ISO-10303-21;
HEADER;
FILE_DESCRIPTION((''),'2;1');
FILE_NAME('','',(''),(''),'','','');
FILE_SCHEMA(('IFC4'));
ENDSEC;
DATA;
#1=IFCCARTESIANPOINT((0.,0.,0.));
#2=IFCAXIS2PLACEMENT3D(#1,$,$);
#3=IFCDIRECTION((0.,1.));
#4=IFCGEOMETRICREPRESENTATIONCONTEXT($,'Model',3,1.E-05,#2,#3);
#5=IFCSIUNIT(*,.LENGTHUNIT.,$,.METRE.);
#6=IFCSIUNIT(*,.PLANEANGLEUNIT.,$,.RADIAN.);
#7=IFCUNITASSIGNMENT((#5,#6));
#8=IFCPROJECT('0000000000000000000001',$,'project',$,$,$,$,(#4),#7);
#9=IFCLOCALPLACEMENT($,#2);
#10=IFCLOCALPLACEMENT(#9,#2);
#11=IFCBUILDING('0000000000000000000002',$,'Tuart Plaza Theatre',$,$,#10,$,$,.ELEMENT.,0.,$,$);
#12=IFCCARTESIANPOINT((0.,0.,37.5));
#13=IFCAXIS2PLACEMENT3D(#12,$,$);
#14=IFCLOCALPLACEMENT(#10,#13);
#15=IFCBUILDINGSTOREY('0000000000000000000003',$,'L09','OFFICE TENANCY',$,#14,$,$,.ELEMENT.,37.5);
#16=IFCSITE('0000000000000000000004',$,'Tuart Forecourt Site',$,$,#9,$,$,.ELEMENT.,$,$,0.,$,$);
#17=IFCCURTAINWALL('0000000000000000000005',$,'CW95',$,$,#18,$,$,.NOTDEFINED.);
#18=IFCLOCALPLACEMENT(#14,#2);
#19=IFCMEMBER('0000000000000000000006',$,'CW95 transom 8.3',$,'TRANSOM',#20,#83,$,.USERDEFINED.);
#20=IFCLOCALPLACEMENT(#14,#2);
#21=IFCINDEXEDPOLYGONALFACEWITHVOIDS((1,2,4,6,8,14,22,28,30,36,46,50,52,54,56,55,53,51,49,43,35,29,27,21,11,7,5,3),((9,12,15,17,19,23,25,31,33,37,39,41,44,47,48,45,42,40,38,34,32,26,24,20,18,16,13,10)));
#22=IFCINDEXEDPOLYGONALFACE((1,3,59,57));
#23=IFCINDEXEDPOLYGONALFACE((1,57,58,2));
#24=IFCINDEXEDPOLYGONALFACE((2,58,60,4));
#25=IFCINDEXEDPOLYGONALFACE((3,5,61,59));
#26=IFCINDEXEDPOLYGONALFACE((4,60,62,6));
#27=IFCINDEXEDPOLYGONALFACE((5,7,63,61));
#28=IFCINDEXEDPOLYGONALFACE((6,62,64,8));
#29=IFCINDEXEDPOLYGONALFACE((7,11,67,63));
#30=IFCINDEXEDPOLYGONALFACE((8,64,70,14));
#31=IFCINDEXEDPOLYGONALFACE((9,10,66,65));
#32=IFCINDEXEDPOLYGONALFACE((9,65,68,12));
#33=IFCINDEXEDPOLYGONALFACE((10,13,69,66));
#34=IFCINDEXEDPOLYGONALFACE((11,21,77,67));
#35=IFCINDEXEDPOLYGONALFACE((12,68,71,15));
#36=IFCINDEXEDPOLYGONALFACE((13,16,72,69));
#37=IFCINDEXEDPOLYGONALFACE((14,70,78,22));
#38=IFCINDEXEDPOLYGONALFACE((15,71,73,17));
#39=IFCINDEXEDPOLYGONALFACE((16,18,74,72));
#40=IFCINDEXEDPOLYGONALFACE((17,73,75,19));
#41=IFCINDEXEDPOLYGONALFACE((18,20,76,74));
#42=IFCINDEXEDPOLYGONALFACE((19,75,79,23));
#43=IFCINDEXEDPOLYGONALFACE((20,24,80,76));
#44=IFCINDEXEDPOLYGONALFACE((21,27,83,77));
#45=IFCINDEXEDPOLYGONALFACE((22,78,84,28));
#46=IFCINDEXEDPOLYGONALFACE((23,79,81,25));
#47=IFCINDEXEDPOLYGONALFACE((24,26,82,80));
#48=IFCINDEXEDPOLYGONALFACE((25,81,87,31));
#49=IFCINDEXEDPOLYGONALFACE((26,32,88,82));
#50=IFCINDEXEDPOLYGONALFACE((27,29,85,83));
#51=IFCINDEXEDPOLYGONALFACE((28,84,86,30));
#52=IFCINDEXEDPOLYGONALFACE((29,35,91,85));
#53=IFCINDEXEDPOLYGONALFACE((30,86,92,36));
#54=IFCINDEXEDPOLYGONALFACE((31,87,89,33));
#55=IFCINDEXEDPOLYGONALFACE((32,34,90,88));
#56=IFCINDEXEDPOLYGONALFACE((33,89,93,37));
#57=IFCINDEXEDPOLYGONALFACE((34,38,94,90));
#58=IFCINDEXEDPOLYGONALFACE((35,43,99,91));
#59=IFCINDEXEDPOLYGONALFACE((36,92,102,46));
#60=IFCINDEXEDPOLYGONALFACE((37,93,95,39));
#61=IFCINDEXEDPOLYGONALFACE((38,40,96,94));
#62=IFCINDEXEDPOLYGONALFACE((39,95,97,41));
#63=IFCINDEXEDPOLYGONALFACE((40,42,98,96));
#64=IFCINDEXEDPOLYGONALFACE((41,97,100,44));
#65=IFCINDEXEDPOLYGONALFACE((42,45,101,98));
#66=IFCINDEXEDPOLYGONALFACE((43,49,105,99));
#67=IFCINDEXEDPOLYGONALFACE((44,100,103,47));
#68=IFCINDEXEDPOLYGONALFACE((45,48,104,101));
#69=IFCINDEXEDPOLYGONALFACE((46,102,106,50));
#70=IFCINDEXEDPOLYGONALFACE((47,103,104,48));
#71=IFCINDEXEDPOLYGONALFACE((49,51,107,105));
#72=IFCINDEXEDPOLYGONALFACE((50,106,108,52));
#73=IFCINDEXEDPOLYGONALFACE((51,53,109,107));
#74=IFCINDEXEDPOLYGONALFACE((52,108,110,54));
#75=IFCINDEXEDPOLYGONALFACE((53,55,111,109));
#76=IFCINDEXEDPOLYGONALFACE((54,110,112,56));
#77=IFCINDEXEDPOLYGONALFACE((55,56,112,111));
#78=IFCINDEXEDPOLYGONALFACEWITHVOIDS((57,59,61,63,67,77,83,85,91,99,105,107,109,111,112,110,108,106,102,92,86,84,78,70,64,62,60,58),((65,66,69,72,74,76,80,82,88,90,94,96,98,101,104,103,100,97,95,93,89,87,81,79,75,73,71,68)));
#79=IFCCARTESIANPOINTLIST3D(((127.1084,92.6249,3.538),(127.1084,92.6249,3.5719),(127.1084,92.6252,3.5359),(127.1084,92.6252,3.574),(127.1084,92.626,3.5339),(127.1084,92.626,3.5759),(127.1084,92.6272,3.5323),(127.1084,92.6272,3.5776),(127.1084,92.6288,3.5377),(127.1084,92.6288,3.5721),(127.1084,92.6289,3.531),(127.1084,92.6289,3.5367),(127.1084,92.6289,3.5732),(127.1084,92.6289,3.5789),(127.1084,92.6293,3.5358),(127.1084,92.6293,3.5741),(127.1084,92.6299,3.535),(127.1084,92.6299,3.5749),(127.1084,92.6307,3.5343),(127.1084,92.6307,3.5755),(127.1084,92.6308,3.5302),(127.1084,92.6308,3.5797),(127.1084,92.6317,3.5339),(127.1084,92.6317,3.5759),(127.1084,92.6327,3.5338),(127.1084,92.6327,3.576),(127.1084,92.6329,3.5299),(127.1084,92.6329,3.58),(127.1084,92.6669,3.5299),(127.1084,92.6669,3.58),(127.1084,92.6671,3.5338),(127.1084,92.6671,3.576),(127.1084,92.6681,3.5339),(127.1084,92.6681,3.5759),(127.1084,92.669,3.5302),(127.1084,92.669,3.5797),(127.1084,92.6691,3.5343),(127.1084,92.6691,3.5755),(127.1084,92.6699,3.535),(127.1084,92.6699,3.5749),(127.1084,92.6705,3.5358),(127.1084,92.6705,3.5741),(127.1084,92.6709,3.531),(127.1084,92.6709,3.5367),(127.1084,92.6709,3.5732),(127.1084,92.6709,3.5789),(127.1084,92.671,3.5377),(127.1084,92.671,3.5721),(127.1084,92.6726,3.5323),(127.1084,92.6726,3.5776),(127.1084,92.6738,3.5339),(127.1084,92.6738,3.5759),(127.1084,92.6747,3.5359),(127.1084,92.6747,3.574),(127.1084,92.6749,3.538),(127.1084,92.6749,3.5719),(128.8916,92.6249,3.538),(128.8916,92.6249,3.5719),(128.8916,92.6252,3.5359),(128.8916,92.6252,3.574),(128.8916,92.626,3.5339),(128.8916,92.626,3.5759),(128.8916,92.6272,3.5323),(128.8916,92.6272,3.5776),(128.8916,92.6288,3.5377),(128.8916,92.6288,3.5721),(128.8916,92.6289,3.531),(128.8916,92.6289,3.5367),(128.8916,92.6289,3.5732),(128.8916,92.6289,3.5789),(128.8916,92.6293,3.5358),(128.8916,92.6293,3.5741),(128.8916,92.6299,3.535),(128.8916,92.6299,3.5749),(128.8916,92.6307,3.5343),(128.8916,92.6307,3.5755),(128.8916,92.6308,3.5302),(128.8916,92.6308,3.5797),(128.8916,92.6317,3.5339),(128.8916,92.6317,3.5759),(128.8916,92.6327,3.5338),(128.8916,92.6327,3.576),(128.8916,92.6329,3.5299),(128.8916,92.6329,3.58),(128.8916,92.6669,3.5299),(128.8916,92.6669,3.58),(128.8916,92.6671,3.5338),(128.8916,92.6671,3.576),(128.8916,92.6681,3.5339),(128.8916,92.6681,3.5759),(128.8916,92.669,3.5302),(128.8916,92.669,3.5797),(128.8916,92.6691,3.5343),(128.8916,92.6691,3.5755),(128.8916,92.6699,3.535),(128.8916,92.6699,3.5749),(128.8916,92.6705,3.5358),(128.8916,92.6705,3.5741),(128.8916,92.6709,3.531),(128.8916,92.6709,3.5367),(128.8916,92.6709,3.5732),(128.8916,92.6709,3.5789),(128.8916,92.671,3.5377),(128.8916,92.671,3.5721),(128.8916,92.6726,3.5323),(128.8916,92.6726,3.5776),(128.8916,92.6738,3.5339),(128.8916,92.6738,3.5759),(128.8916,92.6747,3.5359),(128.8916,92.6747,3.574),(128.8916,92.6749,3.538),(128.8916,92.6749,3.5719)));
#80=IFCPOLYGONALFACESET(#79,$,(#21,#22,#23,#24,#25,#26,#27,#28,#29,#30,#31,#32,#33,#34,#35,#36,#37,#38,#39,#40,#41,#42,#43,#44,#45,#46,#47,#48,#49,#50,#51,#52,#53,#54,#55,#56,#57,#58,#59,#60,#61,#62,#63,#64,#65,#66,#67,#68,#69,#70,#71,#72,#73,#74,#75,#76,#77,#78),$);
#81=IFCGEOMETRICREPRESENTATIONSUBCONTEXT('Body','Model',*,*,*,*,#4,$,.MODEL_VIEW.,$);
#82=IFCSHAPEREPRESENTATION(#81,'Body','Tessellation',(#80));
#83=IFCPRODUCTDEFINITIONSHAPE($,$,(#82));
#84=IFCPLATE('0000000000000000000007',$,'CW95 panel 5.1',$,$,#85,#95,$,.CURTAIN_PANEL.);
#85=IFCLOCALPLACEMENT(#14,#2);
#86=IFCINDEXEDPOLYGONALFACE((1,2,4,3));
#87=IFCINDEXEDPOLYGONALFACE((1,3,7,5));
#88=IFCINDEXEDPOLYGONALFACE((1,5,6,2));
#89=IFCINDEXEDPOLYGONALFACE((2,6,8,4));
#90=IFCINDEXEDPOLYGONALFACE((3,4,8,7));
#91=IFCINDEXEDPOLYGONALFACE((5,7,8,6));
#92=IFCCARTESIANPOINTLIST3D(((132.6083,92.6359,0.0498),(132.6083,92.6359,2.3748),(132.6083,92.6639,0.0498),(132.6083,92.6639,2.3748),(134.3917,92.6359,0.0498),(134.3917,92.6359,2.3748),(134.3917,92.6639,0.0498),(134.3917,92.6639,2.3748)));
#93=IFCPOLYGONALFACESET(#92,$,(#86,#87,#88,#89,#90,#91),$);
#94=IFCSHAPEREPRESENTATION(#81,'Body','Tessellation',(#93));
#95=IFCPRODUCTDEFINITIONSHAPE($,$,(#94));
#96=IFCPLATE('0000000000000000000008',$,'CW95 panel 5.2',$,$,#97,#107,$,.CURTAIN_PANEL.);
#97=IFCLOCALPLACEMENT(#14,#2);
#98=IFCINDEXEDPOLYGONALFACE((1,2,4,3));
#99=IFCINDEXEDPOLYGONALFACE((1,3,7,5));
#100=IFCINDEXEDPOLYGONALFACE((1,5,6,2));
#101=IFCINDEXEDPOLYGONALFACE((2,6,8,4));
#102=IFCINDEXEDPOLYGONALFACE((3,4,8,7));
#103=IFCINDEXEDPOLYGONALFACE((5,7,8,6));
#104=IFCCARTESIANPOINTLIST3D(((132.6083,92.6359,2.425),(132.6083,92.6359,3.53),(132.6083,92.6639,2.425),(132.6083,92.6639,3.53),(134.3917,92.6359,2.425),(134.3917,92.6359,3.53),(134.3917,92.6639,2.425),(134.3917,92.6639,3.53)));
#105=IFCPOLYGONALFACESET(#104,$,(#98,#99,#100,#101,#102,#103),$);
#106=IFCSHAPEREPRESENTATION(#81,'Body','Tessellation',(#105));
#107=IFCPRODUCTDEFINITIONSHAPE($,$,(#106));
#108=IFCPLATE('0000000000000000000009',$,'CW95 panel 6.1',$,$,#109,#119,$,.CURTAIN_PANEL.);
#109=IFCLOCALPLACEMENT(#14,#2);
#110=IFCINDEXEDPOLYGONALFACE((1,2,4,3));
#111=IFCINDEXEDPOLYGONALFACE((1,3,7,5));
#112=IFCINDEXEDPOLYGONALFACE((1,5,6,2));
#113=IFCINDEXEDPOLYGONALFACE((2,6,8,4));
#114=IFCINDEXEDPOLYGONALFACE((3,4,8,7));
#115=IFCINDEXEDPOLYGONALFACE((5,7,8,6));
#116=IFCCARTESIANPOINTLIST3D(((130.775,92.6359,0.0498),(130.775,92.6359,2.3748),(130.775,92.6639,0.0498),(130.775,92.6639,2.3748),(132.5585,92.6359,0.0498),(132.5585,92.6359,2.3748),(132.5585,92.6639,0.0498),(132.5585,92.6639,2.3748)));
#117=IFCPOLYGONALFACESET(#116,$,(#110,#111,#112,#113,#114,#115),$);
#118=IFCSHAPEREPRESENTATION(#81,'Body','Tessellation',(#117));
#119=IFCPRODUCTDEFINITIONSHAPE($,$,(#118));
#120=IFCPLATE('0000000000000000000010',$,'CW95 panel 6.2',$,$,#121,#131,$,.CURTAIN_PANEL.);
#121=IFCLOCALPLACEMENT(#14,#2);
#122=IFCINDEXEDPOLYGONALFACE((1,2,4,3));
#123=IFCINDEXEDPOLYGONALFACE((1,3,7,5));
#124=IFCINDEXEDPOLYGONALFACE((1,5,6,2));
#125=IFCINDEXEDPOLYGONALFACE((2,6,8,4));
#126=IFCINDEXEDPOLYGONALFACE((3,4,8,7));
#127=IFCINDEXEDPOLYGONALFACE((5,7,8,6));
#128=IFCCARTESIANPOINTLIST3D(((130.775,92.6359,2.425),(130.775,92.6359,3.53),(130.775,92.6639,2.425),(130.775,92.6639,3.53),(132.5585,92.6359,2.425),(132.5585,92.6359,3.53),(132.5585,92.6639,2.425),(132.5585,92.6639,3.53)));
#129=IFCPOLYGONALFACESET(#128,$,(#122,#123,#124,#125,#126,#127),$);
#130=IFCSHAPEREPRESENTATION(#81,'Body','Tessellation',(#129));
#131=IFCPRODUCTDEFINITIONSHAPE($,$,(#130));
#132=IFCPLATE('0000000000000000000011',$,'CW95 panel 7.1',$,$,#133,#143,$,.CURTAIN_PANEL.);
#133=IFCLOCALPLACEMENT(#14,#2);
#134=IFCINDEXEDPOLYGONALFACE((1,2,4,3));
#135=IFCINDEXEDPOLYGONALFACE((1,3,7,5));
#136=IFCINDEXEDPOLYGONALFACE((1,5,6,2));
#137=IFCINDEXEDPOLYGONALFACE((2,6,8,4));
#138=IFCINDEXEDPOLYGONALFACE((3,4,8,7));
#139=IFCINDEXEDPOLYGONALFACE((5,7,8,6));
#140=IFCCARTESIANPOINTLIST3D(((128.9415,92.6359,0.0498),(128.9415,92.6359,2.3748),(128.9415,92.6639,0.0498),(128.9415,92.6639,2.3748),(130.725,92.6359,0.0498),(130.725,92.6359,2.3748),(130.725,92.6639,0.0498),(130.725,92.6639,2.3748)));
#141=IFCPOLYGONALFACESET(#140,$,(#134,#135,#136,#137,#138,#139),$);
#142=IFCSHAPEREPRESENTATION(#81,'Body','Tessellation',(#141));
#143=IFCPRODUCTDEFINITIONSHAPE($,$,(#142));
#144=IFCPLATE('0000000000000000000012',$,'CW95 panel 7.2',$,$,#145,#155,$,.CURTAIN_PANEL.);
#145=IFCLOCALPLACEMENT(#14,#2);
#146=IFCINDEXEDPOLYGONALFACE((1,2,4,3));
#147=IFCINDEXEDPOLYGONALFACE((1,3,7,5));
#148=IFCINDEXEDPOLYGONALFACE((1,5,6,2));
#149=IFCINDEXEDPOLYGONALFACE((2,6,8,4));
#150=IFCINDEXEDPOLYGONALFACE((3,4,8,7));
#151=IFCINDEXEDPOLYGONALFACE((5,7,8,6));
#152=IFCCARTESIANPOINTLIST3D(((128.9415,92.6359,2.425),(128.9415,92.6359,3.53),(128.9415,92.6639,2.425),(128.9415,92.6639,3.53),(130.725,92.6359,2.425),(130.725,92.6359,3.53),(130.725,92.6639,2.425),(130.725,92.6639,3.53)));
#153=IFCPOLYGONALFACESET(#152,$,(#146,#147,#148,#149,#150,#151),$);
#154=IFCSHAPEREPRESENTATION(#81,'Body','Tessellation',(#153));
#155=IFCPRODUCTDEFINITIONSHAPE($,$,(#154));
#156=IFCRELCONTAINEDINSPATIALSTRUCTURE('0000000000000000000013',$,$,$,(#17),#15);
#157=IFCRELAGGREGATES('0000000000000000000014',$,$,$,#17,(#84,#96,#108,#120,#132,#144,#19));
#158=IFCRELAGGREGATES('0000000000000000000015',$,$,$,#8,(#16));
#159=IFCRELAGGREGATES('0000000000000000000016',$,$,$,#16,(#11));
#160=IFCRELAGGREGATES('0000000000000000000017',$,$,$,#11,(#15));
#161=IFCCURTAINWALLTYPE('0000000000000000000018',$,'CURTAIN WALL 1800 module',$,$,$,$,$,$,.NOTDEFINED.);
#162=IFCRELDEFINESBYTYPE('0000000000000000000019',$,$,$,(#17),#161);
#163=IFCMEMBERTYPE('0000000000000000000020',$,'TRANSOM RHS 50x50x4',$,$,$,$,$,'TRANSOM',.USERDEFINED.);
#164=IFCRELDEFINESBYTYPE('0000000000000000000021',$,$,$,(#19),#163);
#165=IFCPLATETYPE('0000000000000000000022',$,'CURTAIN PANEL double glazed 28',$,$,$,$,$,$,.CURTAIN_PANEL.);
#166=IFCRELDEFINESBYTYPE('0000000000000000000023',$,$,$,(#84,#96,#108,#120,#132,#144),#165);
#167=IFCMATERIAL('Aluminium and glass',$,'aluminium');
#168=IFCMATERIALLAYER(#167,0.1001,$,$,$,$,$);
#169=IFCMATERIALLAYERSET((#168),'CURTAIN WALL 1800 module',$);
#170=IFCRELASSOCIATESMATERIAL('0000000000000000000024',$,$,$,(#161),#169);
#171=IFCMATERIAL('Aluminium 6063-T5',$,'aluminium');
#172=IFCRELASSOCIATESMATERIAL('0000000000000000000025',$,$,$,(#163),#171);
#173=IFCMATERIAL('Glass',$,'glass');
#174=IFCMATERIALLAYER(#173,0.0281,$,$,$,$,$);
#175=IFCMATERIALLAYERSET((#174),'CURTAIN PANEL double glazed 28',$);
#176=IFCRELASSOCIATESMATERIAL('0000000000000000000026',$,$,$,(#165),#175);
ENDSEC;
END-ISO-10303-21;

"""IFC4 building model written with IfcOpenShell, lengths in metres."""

from ifc_helpers import new_model, si_unit, direction, frame, origin, origin_2d, place, context, subcontext, project, spatial, rectangle, hollow_rectangle, extrude, material, layer, layer_set, material_profile, profile_set, type_object, element, aggregate, save


model = new_model("IFC4")

# Units and contexts
model_context = context("Model", 3, precision=1e-05, world=origin(), true_north=direction((0.0, 1.0)))
body_context = subcontext(model_context, "Body", "Model", "MODEL_VIEW")
ifc_project = project(units=[si_unit("LENGTHUNIT", "METRE"), si_unit("PLANEANGLEUNIT", "RADIAN")], contexts=[model_context])

# Site, building, storey
site_placement = place(None, origin())
site = spatial("IfcSite", under=ifc_project, at=site_placement, Name="Tuart Forecourt Site", CompositionType="ELEMENT", RefElevation=0.0)
building_placement = place(site_placement, origin())
building = spatial("IfcBuilding", under=site, at=building_placement, Name="Tuart Plaza Theatre", CompositionType="ELEMENT", ElevationOfRefHeight=0.0)
storey_placement = place(building_placement, frame((0.0, 0.0, 37.5)))
storey = spatial("IfcBuildingStorey", under=building, at=storey_placement, Name="L09", Description="OFFICE TENANCY", CompositionType="ELEMENT", Elevation=37.5)

# Curtain wall, member, plates
ifc_material_1 = material(Name="Aluminium and glass", Category="aluminium")
ifc_layer_1 = layer(ifc_material_1, 0.1001)
ifc_layer_set_1 = layer_set([ifc_layer_1], Name="CURTAIN WALL 1800 module")
curtain_wall_type = type_object("IfcCurtainWallType", Name="CURTAIN WALL 1800 module", PredefinedType="NOTDEFINED", material=ifc_layer_set_1)
curtain_wall_placement = place(storey_placement, origin())
curtain_wall = element("IfcCurtainWall", 1, at=curtain_wall_placement, inside=storey, type_object=curtain_wall_type, Name="CW95", PredefinedType="NOTDEFINED")
ifc_material_2 = material(Name="Aluminium 6063-T5", Category="aluminium")
ifc_material_profile_1 = material_profile(ifc_material_2, hollow_rectangle(XDim=0.05, YDim=0.05, WallThickness=0.0039, InnerFilletRadius=0.0039, OuterFilletRadius=0.0081, at=origin_2d()), Name="RHS 50x50x4")
ifc_profile_set_1 = profile_set([ifc_material_profile_1], Name="Aluminium 6063-T5")
member_type_1 = type_object("IfcMemberType", Name="TRANSOM RHS 50x50x4", ElementType="TRANSOM", PredefinedType="USERDEFINED", material=ifc_profile_set_1)
member_1_placement = place(storey_placement, frame((128.8916, 92.6499, 3.5549), z_axis=(-1.0, 0.0, 0.0), x_axis=(0.0, -1.0, 0.0)))
member_1 = element("IfcMember", 2, at=member_1_placement, type_object=member_type_1, Name="CW95 transom 8.3", ObjectType="TRANSOM", PredefinedType="USERDEFINED", context=body_context, shape_type="SweptSolid", body=[
    extrude(hollow_rectangle(XDim=0.05, YDim=0.05, WallThickness=0.0039, InnerFilletRadius=0.0039, OuterFilletRadius=0.0081, at=origin_2d()), origin(), (0.0, 0.0, 1.0), 1.7832),
])
ifc_material_3 = material(Name="Glass", Category="glass")
ifc_layer_2 = layer(ifc_material_3, 0.0281)
ifc_layer_set_2 = layer_set([ifc_layer_2], Name="CURTAIN PANEL double glazed 28")
plate_type = type_object("IfcPlateType", Name="CURTAIN PANEL double glazed 28", PredefinedType="CURTAIN_PANEL", material=ifc_layer_set_2)
plate_1_placement = place(storey_placement, frame((133.5, 92.6499, 0.0498), z_axis=(0.0, 0.0, 1.0), x_axis=(-1.0, 0.0, 0.0)))
plate_1 = element("IfcPlate", 3, at=plate_1_placement, type_object=plate_type, Name="CW95 panel 5.1", PredefinedType="CURTAIN_PANEL", context=body_context, shape_type="SweptSolid", body=[
    extrude(rectangle(XDim=1.7834, YDim=0.0281, at=origin_2d()), origin(), (0.0, 0.0, 1.0), 2.325),
])
plate_2_placement = place(storey_placement, frame((133.5, 92.6499, 2.425), z_axis=(0.0, 0.0, 1.0), x_axis=(-1.0, 0.0, 0.0)))
plate_2 = element("IfcPlate", 4, at=plate_2_placement, type_object=plate_type, Name="CW95 panel 5.2", PredefinedType="CURTAIN_PANEL", context=body_context, shape_type="SweptSolid", body=[
    extrude(rectangle(XDim=1.7834, YDim=0.0281, at=origin_2d()), origin(), (0.0, 0.0, 1.0), 1.105),
])
plate_3_placement = place(storey_placement, frame((131.6667, 92.6499, 0.0498), z_axis=(0.0, 0.0, 1.0), x_axis=(-1.0, 0.0, 0.0)))
plate_3 = element("IfcPlate", 5, at=plate_3_placement, type_object=plate_type, Name="CW95 panel 6.1", PredefinedType="CURTAIN_PANEL", context=body_context, shape_type="SweptSolid", body=[
    extrude(rectangle(XDim=1.7834, YDim=0.0281, at=origin_2d()), origin(), (0.0, 0.0, 1.0), 2.325),
])
plate_4_placement = place(storey_placement, frame((131.6667, 92.6499, 2.425), z_axis=(0.0, 0.0, 1.0), x_axis=(-1.0, 0.0, 0.0)))
plate_4 = element("IfcPlate", 6, at=plate_4_placement, type_object=plate_type, Name="CW95 panel 6.2", PredefinedType="CURTAIN_PANEL", context=body_context, shape_type="SweptSolid", body=[
    extrude(rectangle(XDim=1.7834, YDim=0.0281, at=origin_2d()), origin(), (0.0, 0.0, 1.0), 1.105),
])
plate_5_placement = place(storey_placement, frame((129.8333, 92.6499, 0.0498), z_axis=(0.0, 0.0, 1.0), x_axis=(-1.0, 0.0, 0.0)))
plate_5 = element("IfcPlate", 7, at=plate_5_placement, type_object=plate_type, Name="CW95 panel 7.1", PredefinedType="CURTAIN_PANEL", context=body_context, shape_type="SweptSolid", body=[
    extrude(rectangle(XDim=1.7834, YDim=0.0281, at=origin_2d()), origin(), (0.0, 0.0, 1.0), 2.325),
])
plate_6_placement = place(storey_placement, frame((129.8333, 92.6499, 2.425), z_axis=(0.0, 0.0, 1.0), x_axis=(-1.0, 0.0, 0.0)))
plate_6 = element("IfcPlate", 8, at=plate_6_placement, type_object=plate_type, Name="CW95 panel 7.2", PredefinedType="CURTAIN_PANEL", context=body_context, shape_type="SweptSolid", body=[
    extrude(rectangle(XDim=1.7834, YDim=0.0281, at=origin_2d()), origin(), (0.0, 0.0, 1.0), 1.105),
])
aggregate(curtain_wall, [plate_1, plate_2, plate_3, plate_4, plate_5, plate_6, member_1])

save(model, "model.ifc")
